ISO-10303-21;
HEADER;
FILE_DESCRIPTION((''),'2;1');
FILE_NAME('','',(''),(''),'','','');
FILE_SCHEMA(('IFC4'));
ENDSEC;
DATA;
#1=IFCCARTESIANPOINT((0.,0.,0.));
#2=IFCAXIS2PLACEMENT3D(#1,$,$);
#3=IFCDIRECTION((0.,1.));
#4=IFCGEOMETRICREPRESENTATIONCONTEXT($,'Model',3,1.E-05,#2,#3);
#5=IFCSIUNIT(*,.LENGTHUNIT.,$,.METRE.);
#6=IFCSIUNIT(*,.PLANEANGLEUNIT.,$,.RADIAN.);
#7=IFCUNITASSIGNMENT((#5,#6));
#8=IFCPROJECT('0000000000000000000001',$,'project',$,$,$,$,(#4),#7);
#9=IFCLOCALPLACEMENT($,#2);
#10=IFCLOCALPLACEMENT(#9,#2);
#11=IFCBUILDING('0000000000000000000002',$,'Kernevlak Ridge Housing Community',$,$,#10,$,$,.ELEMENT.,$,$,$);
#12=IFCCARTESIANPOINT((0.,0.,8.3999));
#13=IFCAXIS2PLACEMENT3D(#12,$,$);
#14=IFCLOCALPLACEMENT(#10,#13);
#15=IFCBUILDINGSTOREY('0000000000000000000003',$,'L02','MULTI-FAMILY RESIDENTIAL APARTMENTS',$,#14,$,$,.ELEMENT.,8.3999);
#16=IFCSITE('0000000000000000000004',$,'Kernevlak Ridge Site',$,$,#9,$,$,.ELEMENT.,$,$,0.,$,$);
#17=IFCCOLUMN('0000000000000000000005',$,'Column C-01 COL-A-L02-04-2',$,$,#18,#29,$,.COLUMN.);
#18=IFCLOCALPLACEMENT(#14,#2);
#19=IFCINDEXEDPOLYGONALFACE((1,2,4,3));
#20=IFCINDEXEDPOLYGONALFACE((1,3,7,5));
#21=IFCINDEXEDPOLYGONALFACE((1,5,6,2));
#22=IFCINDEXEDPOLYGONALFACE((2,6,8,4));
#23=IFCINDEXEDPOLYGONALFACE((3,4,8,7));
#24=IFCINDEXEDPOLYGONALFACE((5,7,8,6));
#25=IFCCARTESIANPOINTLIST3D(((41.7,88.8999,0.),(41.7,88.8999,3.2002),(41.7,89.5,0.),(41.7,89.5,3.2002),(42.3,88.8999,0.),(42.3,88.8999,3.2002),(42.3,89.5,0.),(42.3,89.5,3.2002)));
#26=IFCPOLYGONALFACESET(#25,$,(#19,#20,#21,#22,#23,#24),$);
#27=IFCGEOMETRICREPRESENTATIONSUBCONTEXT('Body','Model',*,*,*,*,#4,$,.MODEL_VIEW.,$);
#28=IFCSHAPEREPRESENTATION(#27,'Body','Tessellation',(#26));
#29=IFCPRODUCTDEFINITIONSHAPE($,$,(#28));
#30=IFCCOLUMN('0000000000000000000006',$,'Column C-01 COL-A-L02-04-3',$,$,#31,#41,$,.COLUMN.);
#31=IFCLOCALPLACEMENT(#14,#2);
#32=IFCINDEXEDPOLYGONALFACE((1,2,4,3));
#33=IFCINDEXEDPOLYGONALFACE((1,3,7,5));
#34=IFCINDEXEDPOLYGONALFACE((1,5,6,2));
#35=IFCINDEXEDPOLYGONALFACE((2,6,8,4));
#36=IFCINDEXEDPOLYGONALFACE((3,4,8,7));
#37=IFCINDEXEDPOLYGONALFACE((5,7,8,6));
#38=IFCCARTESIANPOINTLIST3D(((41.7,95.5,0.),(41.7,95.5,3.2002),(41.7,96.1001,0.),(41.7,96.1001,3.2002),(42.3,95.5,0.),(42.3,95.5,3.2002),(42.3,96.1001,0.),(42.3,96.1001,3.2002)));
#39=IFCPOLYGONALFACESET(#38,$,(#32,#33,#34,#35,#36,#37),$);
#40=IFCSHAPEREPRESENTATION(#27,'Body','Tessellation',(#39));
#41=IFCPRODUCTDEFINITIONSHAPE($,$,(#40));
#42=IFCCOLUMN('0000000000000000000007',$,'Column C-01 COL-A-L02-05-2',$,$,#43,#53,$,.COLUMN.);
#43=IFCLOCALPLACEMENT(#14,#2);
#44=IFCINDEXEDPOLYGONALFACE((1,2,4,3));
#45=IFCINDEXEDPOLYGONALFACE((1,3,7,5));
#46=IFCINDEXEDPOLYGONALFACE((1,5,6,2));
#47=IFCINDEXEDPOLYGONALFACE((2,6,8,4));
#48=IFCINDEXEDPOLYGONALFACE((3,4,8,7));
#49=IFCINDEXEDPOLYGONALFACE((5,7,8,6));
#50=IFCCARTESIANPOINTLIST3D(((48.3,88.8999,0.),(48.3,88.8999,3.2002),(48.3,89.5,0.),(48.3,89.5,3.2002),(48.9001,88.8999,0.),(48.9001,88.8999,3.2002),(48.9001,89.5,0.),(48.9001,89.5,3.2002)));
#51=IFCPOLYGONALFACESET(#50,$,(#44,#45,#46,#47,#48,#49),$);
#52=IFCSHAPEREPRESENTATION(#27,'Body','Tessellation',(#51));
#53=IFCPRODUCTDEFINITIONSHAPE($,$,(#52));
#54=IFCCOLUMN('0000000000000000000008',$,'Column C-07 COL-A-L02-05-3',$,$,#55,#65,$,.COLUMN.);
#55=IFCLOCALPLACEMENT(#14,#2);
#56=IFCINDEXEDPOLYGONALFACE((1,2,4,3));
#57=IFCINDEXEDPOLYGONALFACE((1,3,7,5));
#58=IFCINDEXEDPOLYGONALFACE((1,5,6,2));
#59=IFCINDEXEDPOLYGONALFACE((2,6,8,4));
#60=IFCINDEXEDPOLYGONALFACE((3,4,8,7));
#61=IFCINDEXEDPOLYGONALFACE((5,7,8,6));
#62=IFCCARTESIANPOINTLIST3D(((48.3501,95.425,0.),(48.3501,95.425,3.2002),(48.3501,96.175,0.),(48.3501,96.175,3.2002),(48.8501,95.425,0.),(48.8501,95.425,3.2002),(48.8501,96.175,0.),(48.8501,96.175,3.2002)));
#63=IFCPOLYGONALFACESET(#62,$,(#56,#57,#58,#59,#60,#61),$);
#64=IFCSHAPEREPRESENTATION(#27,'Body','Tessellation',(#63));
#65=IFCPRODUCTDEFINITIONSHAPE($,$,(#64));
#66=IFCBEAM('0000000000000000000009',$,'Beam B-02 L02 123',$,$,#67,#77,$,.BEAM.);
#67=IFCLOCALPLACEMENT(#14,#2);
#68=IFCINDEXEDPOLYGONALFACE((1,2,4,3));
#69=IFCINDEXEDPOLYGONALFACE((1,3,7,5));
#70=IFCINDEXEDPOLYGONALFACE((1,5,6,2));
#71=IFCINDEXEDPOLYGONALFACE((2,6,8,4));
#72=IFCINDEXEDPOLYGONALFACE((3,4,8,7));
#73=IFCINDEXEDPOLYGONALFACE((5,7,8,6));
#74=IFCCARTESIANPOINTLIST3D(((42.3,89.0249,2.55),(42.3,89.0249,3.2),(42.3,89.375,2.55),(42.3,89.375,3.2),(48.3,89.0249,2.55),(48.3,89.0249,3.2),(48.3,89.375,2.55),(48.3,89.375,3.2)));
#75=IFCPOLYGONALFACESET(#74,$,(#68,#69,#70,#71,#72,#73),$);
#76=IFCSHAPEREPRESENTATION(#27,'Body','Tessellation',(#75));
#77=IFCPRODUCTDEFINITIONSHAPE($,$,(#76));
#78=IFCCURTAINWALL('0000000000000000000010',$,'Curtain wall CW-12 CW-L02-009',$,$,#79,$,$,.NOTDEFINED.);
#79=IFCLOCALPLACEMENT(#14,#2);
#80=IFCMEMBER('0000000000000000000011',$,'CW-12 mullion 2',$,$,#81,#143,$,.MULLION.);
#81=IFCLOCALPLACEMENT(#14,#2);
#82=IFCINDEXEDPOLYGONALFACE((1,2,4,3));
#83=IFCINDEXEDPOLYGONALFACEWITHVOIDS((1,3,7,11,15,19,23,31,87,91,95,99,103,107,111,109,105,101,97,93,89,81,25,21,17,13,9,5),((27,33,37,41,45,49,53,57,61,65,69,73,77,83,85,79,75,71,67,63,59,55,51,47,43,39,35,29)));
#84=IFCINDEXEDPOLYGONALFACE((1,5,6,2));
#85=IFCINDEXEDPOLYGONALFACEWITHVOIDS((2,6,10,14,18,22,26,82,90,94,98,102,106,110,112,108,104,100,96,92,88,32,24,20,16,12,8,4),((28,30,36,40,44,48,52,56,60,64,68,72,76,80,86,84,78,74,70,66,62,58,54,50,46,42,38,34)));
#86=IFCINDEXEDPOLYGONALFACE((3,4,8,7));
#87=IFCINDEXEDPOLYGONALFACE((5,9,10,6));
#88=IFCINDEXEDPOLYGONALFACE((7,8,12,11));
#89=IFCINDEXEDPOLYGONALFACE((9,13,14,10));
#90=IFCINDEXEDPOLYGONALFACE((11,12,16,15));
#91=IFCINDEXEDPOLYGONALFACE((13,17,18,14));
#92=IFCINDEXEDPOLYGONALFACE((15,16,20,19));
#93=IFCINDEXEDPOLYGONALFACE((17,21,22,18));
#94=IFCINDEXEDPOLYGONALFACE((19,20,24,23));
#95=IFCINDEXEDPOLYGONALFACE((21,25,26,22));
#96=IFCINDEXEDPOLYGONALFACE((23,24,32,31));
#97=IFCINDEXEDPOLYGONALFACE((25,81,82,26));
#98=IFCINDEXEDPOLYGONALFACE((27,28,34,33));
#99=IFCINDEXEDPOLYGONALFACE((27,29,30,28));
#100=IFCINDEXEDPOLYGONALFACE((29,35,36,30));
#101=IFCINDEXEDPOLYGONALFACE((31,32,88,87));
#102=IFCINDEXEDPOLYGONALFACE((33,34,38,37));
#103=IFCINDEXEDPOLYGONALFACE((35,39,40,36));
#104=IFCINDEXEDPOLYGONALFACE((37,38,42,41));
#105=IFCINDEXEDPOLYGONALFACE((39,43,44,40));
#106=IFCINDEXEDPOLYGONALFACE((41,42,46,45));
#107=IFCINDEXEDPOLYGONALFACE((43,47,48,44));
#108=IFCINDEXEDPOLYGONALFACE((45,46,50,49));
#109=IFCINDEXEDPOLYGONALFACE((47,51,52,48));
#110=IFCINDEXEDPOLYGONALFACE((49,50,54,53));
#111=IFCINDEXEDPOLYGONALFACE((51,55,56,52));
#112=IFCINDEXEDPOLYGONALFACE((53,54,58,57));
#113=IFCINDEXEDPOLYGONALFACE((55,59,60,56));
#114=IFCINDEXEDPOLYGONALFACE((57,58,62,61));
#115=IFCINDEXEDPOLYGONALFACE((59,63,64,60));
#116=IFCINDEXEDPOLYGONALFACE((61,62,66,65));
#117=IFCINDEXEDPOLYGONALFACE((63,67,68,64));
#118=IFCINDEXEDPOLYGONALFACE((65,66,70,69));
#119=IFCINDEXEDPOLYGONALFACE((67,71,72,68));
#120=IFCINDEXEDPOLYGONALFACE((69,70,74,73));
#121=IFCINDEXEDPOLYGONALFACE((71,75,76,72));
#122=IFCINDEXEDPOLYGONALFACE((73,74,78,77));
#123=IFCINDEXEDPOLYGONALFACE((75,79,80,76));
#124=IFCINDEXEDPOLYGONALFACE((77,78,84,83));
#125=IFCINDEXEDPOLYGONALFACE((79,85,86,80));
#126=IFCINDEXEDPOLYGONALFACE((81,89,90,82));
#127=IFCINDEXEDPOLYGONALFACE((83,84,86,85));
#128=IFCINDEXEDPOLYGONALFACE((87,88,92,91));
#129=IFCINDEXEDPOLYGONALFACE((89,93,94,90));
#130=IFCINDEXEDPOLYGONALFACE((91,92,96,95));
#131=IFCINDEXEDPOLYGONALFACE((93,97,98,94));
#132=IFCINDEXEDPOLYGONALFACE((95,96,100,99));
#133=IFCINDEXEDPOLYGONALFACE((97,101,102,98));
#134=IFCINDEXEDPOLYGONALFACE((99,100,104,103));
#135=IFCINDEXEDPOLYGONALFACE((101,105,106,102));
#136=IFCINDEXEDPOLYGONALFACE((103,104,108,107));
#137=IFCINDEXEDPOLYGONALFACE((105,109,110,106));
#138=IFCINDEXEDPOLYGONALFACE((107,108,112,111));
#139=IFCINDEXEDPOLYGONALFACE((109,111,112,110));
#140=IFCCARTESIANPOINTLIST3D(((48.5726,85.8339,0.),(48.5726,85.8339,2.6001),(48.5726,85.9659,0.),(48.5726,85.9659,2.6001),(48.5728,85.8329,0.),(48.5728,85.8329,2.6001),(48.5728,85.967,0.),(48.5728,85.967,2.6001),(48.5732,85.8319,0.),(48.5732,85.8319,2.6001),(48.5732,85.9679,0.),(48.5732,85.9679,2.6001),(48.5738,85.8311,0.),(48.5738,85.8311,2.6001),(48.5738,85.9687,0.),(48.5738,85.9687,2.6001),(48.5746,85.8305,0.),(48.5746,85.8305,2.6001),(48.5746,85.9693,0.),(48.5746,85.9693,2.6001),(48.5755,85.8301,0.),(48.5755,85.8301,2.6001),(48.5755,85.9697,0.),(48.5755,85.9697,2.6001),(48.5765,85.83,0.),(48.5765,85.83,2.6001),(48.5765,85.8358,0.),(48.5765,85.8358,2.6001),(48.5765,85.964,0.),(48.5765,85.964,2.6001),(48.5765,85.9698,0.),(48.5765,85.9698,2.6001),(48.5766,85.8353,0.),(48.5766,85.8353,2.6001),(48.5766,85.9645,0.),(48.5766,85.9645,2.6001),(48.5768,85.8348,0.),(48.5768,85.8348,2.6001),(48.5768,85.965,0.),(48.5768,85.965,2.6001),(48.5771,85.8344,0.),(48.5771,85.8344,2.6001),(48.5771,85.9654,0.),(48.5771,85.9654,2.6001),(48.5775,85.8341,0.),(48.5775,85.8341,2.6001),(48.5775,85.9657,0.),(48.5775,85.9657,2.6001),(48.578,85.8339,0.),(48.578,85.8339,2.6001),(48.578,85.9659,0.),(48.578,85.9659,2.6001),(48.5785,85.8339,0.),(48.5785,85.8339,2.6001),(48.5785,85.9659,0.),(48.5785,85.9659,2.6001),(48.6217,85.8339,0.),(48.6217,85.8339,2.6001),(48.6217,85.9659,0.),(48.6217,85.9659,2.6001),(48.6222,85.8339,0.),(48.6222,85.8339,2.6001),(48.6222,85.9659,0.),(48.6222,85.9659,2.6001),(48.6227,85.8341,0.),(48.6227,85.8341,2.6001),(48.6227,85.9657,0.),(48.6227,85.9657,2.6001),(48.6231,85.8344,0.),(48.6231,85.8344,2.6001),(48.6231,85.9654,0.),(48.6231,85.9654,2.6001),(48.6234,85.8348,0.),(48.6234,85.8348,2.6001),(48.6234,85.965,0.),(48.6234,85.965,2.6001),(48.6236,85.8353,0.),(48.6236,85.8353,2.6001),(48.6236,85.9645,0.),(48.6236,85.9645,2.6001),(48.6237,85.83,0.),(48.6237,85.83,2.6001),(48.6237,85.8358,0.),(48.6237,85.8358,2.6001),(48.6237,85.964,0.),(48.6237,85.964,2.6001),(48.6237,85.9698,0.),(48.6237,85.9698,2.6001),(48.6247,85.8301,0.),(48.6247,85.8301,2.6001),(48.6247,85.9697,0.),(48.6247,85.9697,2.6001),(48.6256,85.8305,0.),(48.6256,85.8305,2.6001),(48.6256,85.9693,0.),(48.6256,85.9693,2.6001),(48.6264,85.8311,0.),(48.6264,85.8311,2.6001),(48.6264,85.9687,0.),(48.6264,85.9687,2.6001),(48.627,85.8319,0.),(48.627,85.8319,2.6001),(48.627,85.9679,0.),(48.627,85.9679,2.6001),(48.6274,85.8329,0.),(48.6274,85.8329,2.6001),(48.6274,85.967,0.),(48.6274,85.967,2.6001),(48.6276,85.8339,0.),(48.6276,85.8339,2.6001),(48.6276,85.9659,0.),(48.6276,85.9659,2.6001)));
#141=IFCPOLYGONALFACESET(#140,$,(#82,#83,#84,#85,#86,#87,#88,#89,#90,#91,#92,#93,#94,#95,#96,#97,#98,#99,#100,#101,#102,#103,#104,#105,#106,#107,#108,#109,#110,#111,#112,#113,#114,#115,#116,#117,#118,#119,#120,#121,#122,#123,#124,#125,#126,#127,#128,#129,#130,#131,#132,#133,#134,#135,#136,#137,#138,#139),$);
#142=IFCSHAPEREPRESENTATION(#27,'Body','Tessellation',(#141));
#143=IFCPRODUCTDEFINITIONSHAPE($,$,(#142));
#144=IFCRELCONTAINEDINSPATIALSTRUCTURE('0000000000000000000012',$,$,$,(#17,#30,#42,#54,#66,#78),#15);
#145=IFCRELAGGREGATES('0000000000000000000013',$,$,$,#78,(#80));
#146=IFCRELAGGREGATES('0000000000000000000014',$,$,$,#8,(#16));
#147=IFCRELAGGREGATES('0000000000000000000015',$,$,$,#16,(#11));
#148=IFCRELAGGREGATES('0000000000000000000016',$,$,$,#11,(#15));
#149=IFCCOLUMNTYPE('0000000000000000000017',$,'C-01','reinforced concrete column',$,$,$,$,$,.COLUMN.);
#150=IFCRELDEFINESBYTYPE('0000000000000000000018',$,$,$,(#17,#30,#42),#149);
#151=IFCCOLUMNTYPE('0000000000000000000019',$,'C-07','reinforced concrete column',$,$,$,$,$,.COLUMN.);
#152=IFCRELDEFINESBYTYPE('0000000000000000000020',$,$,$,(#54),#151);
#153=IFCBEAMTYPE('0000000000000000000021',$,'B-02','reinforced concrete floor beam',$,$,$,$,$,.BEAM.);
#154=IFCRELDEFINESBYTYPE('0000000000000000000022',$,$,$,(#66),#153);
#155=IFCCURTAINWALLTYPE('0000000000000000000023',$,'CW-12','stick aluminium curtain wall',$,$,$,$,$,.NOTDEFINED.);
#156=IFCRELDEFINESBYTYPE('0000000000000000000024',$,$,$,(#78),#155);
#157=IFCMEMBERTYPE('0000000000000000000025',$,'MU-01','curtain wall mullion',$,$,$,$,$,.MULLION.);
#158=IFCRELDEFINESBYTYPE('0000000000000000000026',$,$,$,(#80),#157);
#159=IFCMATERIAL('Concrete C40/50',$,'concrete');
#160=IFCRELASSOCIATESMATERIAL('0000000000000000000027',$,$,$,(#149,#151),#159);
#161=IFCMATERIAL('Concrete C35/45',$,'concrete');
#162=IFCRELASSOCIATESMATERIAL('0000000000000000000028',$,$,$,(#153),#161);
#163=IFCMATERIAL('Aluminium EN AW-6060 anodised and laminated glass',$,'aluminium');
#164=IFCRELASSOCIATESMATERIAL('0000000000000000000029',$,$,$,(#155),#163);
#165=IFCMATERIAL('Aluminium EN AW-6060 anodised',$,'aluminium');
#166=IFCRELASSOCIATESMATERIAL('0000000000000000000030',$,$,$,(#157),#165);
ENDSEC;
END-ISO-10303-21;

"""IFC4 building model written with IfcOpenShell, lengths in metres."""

from ifc_helpers import new_model, si_unit, direction, frame, origin, origin_2d, place, context, subcontext, project, spatial, rectangle, hollow_rectangle, extrude, material, material_profile, profile_set, type_object, element, aggregate, save


model = new_model("IFC4")

# Units and contexts
model_context = context("Model", 3, precision=1e-05, world=origin(), true_north=direction((0.0, 1.0)))
body_context = subcontext(model_context, "Body", "Model", "MODEL_VIEW")
ifc_project = project(units=[si_unit("LENGTHUNIT", "METRE"), si_unit("PLANEANGLEUNIT", "RADIAN")], contexts=[model_context])

# Site, building, storey
site_placement = place(None, origin())
site = spatial("IfcSite", under=ifc_project, at=site_placement, Name="Kernevlak Ridge Site", CompositionType="ELEMENT", RefElevation=0.0)
building_placement = place(site_placement, origin())
building = spatial("IfcBuilding", under=site, at=building_placement, Name="Kernevlak Ridge Housing Community", CompositionType="ELEMENT")
storey_placement = place(building_placement, frame((0.0, 0.0, 8.3999)))
storey = spatial("IfcBuildingStorey", under=building, at=storey_placement, Name="L02", Description="MULTI-FAMILY RESIDENTIAL APARTMENTS", CompositionType="ELEMENT", Elevation=8.3999)

# Columns
ifc_material_1 = material(Name="Concrete C40/50", Category="concrete")
ifc_material_profile_1 = material_profile(ifc_material_1, rectangle(XDim=0.6001, YDim=0.6001, at=origin_2d()), Name="RC 600x600")
ifc_profile_set_1 = profile_set([ifc_material_profile_1], Name="Concrete C40/50")
column_type_1 = type_object("IfcColumnType", Name="C-01", Description="reinforced concrete column", PredefinedType="COLUMN", material=ifc_profile_set_1)
for number, where, z_axis, x_axis, name in (
    (1, (42.0, 89.2, 0.0), (0.0, 0.0, 1.0), (1.0, 0.0, 0.0), "Column C-01 COL-A-L02-04-2"),
    (2, (42.0, 95.8, 0.0), (0.0, 0.0, 1.0), (1.0, 0.0, 0.0), "Column C-01 COL-A-L02-04-3"),
    (3, (48.6001, 89.2, 0.0), (0.0, 0.0, 1.0), (1.0, 0.0, 0.0), "Column C-01 COL-A-L02-05-2"),
):
    element("IfcColumn", number, at=place(storey_placement, frame(where, z_axis=z_axis, x_axis=x_axis)), inside=storey, type_object=column_type_1, Name=name, PredefinedType="COLUMN", context=body_context, shape_type="SweptSolid", body=[
        extrude(rectangle(XDim=0.6001, YDim=0.6001, at=origin_2d()), origin(), (0.0, 0.0, 1.0), 3.2002),
    ])
ifc_material_profile_2 = material_profile(ifc_material_1, rectangle(XDim=0.5, YDim=0.75, at=origin_2d()), Name="RC 500x750")
ifc_profile_set_2 = profile_set([ifc_material_profile_2], Name="Concrete C40/50")
column_type_2 = type_object("IfcColumnType", Name="C-07", Description="reinforced concrete column", PredefinedType="COLUMN", material=ifc_profile_set_2)
column_placement = place(storey_placement, frame((48.6001, 95.8, 0.0), z_axis=(0.0, 0.0, 1.0), x_axis=(1.0, 0.0, 0.0)))
element("IfcColumn", 4, at=column_placement, inside=storey, type_object=column_type_2, Name="Column C-07 COL-A-L02-05-3", PredefinedType="COLUMN", context=body_context, shape_type="SweptSolid", body=[
    extrude(rectangle(XDim=0.5, YDim=0.75, at=origin_2d()), origin(), (0.0, 0.0, 1.0), 3.2002),
])

# Beam
ifc_material_2 = material(Name="Concrete C35/45", Category="concrete")
ifc_material_profile_3 = material_profile(ifc_material_2, rectangle(XDim=0.3501, YDim=0.6499, at=origin_2d()), Name="RC 350x650")
ifc_profile_set_3 = profile_set([ifc_material_profile_3], Name="Concrete C35/45")
beam_type_1 = type_object("IfcBeamType", Name="B-02", Description="reinforced concrete floor beam", PredefinedType="BEAM", material=ifc_profile_set_3)
beam_1_placement = place(storey_placement, frame((42.3, 89.2, 2.875), z_axis=(1.0, 0.0, 0.0), x_axis=(0.0, 1.0, 0.0)))
element("IfcBeam", 5, at=beam_1_placement, inside=storey, type_object=beam_type_1, Name="Beam B-02 L02 123", PredefinedType="BEAM", context=body_context, shape_type="SweptSolid", body=[
    extrude(rectangle(XDim=0.3501, YDim=0.6499, at=origin_2d()), origin(), (0.0, 0.0, 1.0), 6.0),
])

# Curtain wall, member
ifc_material_3 = material(Name="Aluminium EN AW-6060 anodised and laminated glass", Category="aluminium")
curtain_wall_type = type_object("IfcCurtainWallType", Name="CW-12", Description="stick aluminium curtain wall", PredefinedType="NOTDEFINED", material=ifc_material_3)
curtain_wall_placement = place(storey_placement, origin())
curtain_wall = element("IfcCurtainWall", 6, at=curtain_wall_placement, inside=storey, type_object=curtain_wall_type, Name="Curtain wall CW-12 CW-L02-009", PredefinedType="NOTDEFINED")
ifc_material_4 = material(Name="Aluminium EN AW-6060 anodised", Category="aluminium")
ifc_material_profile_4 = material_profile(ifc_material_4, hollow_rectangle(XDim=0.0549, YDim=0.1399, WallThickness=0.0039, InnerFilletRadius=0.002, OuterFilletRadius=0.0039, at=origin_2d()), Name="ALU 55x140x4")
ifc_profile_set_4 = profile_set([ifc_material_profile_4], Name="Aluminium EN AW-6060 anodised")
member_type = type_object("IfcMemberType", Name="MU-01", Description="curtain wall mullion", PredefinedType="MULLION", material=ifc_profile_set_4)
member_1_placement = place(storey_placement, frame((48.6001, 85.8999, 0.0), z_axis=(0.0, 0.0, 1.0), x_axis=(-1.0, 0.0, 0.0)))
member_1 = element("IfcMember", 7, at=member_1_placement, type_object=member_type, Name="CW-12 mullion 2", PredefinedType="MULLION", context=body_context, shape_type="SweptSolid", body=[
    extrude(hollow_rectangle(XDim=0.0549, YDim=0.1399, WallThickness=0.0039, InnerFilletRadius=0.002, OuterFilletRadius=0.0039, at=origin_2d()), origin(), (0.0, 0.0, 1.0), 2.6001),
])
aggregate(curtain_wall, [member_1])

save(model, "model.ifc")
